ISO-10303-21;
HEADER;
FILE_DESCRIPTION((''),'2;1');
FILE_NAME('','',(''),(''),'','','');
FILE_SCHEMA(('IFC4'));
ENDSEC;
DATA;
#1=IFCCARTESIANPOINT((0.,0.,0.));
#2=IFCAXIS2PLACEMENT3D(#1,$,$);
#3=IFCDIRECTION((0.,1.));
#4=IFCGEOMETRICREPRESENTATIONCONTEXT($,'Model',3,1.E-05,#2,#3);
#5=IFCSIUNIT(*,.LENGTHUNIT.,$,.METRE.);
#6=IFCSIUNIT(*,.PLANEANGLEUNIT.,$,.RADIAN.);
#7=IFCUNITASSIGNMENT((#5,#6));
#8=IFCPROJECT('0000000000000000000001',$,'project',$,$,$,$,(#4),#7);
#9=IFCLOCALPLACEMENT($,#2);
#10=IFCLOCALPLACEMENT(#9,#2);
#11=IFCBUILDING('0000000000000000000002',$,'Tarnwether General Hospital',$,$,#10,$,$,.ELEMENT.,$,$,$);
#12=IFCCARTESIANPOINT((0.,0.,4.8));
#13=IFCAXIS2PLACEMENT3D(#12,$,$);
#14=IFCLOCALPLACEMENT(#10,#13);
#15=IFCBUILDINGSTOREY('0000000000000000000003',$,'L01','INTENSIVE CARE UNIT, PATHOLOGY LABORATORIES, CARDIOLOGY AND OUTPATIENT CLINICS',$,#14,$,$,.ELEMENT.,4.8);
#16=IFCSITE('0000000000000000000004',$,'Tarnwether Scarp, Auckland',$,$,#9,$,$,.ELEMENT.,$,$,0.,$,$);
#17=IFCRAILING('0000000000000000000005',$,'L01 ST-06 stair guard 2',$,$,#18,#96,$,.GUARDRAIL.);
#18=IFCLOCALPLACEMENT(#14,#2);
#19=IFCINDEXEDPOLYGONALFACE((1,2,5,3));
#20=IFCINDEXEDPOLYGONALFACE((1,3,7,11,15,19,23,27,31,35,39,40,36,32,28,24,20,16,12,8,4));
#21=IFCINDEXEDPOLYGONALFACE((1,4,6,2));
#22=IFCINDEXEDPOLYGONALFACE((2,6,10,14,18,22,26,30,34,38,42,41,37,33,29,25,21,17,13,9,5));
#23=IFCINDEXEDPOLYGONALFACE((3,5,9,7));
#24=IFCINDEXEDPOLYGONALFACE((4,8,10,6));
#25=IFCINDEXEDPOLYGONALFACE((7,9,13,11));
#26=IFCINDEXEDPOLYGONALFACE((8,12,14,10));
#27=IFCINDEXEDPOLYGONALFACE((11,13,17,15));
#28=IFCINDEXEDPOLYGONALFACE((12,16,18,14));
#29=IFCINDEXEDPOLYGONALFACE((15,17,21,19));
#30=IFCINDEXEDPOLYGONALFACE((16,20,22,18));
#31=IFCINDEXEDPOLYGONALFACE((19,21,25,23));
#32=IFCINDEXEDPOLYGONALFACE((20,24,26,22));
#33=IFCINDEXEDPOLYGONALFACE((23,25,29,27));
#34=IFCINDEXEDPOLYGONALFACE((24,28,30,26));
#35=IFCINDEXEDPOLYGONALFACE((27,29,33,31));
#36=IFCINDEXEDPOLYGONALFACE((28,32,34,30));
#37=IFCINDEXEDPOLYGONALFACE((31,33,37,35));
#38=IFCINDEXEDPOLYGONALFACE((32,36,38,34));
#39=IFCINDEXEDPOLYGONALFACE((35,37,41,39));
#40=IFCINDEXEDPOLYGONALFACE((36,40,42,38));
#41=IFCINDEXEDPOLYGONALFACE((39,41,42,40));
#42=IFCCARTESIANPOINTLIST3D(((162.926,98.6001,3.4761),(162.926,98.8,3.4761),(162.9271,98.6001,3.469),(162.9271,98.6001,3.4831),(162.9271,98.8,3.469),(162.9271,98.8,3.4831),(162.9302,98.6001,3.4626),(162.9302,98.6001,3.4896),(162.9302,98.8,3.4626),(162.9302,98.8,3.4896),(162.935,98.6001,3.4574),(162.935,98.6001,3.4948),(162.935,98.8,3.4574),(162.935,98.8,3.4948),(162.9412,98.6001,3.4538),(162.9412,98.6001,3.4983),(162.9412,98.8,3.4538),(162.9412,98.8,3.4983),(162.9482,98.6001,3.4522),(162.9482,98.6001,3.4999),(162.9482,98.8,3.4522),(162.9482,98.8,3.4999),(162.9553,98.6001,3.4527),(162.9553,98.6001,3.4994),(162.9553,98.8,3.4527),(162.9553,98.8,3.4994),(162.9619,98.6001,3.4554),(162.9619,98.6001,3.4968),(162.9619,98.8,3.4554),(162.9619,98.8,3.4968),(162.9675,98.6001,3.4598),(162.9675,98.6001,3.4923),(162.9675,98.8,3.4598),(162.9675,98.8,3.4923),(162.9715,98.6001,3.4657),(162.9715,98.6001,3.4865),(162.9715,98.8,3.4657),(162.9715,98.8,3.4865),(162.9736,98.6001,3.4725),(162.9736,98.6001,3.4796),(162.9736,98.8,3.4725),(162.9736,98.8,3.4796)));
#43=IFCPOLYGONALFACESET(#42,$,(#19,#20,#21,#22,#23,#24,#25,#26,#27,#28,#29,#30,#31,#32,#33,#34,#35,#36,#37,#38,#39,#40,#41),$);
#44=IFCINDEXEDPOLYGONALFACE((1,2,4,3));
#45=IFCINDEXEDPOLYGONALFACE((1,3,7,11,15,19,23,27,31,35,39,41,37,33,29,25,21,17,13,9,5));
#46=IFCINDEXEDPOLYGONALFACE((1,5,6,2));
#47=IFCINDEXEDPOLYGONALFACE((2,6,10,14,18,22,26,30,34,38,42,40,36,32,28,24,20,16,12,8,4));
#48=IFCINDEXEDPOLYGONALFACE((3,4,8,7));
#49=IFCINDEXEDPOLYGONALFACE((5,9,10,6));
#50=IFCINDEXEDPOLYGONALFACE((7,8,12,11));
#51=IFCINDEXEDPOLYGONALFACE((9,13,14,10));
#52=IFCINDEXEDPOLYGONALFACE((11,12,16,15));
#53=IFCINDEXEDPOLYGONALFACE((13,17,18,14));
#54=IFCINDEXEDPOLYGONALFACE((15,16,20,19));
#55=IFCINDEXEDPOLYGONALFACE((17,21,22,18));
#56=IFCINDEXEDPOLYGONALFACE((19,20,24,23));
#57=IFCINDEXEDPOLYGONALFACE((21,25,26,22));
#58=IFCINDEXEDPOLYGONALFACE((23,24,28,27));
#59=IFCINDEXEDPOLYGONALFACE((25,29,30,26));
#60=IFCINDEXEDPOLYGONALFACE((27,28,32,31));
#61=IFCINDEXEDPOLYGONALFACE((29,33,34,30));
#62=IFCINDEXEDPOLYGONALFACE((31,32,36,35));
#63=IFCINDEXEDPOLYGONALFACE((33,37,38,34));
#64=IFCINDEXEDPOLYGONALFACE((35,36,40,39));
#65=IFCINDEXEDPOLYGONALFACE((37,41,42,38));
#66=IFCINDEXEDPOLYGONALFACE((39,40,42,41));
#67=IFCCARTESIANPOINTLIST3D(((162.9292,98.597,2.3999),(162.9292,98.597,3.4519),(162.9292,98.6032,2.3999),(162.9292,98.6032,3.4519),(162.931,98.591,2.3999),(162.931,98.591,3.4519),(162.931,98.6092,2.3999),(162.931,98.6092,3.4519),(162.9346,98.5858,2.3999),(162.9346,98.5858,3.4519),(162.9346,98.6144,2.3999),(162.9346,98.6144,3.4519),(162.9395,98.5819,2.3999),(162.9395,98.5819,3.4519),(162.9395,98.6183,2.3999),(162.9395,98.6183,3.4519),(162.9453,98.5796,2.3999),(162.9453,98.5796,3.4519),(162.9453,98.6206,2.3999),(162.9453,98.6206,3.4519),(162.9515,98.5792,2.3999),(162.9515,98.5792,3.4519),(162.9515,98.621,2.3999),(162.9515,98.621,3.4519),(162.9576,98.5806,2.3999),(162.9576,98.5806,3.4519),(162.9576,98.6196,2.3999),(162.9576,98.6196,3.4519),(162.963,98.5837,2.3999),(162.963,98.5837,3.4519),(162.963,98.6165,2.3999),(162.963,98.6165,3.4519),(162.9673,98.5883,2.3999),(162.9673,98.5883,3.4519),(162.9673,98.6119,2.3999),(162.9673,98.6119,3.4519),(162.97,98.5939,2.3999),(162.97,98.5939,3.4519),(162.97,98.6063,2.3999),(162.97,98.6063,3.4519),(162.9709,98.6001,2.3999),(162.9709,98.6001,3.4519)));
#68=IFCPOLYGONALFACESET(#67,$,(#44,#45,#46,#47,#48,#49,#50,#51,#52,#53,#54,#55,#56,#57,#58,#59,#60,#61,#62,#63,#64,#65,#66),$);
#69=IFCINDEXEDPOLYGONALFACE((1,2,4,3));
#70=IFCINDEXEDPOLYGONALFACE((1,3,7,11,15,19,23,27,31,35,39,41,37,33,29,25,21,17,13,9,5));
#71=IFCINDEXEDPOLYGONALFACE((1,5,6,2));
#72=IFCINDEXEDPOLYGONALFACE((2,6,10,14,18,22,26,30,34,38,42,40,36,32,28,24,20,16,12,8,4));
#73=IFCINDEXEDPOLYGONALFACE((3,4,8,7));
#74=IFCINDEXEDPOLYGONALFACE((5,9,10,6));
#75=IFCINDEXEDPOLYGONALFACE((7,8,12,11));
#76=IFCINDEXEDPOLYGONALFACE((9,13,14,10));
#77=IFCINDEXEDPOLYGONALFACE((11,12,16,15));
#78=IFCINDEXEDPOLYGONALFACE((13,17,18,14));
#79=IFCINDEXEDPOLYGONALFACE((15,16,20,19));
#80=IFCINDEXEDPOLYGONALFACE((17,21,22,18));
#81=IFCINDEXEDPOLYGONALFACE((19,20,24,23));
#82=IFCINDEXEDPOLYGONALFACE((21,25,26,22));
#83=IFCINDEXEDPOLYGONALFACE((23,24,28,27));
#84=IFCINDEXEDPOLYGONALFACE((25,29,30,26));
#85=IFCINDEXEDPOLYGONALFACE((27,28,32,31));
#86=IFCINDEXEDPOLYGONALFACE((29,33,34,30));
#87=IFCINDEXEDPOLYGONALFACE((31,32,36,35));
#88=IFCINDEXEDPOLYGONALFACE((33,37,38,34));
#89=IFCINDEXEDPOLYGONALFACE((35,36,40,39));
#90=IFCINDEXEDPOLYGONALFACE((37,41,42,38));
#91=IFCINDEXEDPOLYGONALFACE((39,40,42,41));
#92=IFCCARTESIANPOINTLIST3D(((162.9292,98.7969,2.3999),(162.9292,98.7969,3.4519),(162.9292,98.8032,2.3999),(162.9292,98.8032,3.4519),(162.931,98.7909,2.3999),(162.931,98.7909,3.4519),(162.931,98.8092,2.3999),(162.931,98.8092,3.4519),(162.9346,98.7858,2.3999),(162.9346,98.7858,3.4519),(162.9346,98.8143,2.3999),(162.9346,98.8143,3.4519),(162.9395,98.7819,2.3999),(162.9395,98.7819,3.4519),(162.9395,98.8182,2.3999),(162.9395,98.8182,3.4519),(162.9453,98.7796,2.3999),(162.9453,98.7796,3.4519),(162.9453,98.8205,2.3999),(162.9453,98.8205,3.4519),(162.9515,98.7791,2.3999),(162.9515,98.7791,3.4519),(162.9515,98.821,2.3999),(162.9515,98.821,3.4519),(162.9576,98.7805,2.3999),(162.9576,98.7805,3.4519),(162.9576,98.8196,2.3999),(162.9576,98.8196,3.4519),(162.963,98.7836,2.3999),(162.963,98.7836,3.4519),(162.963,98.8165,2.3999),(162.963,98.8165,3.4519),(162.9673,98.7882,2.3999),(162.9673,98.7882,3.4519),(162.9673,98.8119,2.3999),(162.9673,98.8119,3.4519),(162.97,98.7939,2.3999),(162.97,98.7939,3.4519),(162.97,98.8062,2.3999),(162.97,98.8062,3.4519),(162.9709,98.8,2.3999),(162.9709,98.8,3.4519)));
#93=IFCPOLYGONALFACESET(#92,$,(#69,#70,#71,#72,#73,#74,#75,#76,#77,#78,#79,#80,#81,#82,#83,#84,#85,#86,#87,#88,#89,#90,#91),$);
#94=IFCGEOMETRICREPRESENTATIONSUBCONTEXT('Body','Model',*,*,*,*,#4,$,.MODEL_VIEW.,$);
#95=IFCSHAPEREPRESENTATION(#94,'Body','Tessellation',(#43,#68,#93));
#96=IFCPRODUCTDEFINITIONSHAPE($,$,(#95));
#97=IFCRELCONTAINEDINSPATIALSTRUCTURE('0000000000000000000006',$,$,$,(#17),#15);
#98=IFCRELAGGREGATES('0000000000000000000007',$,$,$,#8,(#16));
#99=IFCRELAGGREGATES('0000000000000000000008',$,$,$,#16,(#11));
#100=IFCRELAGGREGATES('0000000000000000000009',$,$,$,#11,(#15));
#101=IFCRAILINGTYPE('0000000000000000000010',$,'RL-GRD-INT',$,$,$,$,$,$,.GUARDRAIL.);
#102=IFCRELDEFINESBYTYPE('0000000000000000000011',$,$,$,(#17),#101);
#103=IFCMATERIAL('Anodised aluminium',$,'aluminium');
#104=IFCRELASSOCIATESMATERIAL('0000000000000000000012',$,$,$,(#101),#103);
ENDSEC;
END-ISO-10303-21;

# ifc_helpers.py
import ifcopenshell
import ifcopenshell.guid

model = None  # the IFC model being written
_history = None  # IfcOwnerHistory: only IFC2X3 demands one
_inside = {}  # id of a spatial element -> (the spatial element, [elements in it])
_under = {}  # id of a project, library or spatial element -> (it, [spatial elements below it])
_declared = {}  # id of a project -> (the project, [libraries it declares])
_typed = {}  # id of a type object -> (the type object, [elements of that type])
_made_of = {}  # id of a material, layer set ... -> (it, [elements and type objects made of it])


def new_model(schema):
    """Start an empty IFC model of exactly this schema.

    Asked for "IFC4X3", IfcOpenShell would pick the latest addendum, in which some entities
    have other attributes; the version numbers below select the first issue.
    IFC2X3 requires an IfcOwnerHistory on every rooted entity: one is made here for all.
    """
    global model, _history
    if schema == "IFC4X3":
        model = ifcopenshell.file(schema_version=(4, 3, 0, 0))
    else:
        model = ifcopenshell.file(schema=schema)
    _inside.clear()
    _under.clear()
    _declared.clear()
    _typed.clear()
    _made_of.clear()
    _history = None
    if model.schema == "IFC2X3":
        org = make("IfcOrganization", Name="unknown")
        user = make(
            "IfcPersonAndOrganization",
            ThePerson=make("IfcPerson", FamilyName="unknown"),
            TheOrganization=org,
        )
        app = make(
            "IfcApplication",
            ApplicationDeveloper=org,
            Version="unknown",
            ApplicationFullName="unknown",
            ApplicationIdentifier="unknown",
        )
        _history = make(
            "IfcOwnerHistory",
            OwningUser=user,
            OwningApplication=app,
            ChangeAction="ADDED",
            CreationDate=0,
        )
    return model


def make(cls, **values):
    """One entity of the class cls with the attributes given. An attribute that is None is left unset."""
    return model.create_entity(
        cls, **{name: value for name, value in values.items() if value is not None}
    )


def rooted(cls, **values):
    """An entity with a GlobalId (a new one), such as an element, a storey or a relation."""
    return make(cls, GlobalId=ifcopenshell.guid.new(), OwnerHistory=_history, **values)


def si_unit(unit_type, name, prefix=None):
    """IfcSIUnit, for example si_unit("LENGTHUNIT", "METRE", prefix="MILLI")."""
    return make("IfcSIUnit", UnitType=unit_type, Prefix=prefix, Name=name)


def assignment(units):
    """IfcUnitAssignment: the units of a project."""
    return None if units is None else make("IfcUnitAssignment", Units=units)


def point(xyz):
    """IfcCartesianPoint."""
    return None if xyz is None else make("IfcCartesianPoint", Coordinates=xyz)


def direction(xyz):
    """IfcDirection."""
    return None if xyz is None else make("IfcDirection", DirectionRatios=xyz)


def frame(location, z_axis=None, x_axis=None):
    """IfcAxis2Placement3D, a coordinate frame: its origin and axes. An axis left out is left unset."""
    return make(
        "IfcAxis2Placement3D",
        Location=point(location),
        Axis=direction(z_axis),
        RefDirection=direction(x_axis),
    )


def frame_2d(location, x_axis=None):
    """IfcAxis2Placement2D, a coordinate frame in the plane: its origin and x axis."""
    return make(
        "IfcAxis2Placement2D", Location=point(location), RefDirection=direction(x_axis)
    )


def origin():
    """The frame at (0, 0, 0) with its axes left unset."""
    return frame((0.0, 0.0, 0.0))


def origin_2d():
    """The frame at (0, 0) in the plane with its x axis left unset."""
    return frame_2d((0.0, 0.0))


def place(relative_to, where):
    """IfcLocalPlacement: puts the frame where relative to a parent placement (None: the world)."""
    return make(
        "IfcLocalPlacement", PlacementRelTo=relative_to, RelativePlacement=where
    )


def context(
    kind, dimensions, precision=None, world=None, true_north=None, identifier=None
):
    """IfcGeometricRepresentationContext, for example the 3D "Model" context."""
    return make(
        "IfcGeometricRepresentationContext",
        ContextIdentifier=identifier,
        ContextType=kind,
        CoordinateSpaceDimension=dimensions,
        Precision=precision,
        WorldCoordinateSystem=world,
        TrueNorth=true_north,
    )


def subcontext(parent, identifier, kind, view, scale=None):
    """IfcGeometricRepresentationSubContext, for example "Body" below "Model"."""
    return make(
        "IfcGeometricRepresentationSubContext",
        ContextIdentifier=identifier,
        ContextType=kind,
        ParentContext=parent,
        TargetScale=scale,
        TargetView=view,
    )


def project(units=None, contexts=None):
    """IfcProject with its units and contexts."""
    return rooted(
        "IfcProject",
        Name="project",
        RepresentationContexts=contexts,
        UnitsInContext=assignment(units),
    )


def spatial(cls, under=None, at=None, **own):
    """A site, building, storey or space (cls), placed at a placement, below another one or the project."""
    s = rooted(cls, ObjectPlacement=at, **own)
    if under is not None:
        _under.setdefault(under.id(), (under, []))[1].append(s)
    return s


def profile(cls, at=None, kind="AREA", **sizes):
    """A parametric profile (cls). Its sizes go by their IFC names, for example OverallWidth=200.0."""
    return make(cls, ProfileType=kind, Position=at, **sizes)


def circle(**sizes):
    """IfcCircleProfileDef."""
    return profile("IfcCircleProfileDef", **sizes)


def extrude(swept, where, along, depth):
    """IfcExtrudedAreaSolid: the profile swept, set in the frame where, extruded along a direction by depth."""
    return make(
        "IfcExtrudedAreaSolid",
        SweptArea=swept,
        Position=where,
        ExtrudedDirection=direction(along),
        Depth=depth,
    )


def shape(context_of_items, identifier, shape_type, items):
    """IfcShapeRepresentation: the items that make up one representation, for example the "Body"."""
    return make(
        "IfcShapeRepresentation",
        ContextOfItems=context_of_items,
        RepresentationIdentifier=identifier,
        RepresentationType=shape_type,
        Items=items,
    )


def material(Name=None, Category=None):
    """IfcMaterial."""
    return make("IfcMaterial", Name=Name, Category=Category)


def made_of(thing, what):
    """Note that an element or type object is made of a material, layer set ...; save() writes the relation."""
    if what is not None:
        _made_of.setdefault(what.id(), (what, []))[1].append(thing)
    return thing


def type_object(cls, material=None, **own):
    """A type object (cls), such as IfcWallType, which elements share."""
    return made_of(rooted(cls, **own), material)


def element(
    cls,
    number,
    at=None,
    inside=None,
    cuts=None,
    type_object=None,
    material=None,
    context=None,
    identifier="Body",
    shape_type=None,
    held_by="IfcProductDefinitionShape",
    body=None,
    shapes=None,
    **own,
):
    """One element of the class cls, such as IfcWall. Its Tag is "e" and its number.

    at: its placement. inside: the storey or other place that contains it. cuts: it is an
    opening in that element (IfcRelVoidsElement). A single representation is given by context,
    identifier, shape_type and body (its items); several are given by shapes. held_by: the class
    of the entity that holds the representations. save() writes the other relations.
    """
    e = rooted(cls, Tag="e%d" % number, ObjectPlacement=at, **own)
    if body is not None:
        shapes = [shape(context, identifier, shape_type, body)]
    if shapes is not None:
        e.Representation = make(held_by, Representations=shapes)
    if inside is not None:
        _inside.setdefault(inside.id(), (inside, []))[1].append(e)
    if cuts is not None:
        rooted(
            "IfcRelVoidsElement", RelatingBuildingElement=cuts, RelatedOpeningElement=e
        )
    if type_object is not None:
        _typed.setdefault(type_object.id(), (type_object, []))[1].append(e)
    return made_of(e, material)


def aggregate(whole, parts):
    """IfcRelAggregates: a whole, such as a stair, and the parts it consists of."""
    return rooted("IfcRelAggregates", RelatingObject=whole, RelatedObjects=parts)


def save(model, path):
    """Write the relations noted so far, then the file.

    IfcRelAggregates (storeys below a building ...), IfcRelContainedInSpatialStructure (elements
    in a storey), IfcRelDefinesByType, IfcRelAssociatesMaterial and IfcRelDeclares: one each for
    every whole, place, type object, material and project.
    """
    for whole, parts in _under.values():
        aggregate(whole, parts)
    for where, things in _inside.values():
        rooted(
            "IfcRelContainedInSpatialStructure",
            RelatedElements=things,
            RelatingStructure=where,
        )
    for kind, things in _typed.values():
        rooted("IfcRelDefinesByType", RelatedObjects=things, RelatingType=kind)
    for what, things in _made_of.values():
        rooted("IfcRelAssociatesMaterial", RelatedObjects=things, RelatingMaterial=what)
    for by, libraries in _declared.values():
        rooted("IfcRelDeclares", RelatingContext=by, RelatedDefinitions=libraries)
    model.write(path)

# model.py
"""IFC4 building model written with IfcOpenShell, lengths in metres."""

from ifc_helpers import new_model, si_unit, direction, frame, origin, origin_2d, place, context, subcontext, project, spatial, circle, extrude, material, type_object, element, save


model = new_model("IFC4")

# Units and contexts
model_context = context("Model", 3, precision=1e-05, world=origin(), true_north=direction((0.0, 1.0)))
body_context = subcontext(model_context, "Body", "Model", "MODEL_VIEW")
ifc_project = project(units=[si_unit("LENGTHUNIT", "METRE"), si_unit("PLANEANGLEUNIT", "RADIAN")], contexts=[model_context])

# Site, building, storey
site_placement = place(None, origin())
site = spatial("IfcSite", under=ifc_project, at=site_placement, Name="Tarnwether Scarp, Auckland", CompositionType="ELEMENT", RefElevation=0.0)
building_placement = place(site_placement, origin())
building = spatial("IfcBuilding", under=site, at=building_placement, Name="Tarnwether General Hospital", CompositionType="ELEMENT")
storey_placement = place(building_placement, frame((0.0, 0.0, 4.8)))
storey = spatial("IfcBuildingStorey", under=building, at=storey_placement, Name="L01", Description="INTENSIVE CARE UNIT, PATHOLOGY LABORATORIES, CARDIOLOGY AND OUTPATIENT CLINICS", CompositionType="ELEMENT", Elevation=4.8)

# Railing
ifc_material_1 = material(Name="Anodised aluminium", Category="aluminium")
railing_type_1 = type_object("IfcRailingType", Name="RL-GRD-INT", PredefinedType="GUARDRAIL", material=ifc_material_1)
railing_1_placement = place(storey_placement, frame((162.95, 98.6001, 2.3999)))
element("IfcRailing", 1, at=railing_1_placement, inside=storey, type_object=railing_type_1, Name="L01 ST-06 stair guard 2", PredefinedType="GUARDRAIL", context=body_context, shape_type="SweptSolid", body=[
    extrude(circle(Radius=0.0239, at=origin_2d()), frame((0.0, 0.0, 1.0762), z_axis=(0.0, 1.0, 0.0), x_axis=(-1.0, 0.0, 0.0)), (0.0, 0.0, 1.0), 0.2),
    extrude(circle(Radius=0.021, at=origin_2d()), origin(), (0.0, 0.0, 1.0), 1.052),
    extrude(circle(Radius=0.021, at=origin_2d()), frame((0.0, 0.2, 0.0)), (0.0, 0.0, 1.0), 1.052),
])

save(model, "model.ifc")
